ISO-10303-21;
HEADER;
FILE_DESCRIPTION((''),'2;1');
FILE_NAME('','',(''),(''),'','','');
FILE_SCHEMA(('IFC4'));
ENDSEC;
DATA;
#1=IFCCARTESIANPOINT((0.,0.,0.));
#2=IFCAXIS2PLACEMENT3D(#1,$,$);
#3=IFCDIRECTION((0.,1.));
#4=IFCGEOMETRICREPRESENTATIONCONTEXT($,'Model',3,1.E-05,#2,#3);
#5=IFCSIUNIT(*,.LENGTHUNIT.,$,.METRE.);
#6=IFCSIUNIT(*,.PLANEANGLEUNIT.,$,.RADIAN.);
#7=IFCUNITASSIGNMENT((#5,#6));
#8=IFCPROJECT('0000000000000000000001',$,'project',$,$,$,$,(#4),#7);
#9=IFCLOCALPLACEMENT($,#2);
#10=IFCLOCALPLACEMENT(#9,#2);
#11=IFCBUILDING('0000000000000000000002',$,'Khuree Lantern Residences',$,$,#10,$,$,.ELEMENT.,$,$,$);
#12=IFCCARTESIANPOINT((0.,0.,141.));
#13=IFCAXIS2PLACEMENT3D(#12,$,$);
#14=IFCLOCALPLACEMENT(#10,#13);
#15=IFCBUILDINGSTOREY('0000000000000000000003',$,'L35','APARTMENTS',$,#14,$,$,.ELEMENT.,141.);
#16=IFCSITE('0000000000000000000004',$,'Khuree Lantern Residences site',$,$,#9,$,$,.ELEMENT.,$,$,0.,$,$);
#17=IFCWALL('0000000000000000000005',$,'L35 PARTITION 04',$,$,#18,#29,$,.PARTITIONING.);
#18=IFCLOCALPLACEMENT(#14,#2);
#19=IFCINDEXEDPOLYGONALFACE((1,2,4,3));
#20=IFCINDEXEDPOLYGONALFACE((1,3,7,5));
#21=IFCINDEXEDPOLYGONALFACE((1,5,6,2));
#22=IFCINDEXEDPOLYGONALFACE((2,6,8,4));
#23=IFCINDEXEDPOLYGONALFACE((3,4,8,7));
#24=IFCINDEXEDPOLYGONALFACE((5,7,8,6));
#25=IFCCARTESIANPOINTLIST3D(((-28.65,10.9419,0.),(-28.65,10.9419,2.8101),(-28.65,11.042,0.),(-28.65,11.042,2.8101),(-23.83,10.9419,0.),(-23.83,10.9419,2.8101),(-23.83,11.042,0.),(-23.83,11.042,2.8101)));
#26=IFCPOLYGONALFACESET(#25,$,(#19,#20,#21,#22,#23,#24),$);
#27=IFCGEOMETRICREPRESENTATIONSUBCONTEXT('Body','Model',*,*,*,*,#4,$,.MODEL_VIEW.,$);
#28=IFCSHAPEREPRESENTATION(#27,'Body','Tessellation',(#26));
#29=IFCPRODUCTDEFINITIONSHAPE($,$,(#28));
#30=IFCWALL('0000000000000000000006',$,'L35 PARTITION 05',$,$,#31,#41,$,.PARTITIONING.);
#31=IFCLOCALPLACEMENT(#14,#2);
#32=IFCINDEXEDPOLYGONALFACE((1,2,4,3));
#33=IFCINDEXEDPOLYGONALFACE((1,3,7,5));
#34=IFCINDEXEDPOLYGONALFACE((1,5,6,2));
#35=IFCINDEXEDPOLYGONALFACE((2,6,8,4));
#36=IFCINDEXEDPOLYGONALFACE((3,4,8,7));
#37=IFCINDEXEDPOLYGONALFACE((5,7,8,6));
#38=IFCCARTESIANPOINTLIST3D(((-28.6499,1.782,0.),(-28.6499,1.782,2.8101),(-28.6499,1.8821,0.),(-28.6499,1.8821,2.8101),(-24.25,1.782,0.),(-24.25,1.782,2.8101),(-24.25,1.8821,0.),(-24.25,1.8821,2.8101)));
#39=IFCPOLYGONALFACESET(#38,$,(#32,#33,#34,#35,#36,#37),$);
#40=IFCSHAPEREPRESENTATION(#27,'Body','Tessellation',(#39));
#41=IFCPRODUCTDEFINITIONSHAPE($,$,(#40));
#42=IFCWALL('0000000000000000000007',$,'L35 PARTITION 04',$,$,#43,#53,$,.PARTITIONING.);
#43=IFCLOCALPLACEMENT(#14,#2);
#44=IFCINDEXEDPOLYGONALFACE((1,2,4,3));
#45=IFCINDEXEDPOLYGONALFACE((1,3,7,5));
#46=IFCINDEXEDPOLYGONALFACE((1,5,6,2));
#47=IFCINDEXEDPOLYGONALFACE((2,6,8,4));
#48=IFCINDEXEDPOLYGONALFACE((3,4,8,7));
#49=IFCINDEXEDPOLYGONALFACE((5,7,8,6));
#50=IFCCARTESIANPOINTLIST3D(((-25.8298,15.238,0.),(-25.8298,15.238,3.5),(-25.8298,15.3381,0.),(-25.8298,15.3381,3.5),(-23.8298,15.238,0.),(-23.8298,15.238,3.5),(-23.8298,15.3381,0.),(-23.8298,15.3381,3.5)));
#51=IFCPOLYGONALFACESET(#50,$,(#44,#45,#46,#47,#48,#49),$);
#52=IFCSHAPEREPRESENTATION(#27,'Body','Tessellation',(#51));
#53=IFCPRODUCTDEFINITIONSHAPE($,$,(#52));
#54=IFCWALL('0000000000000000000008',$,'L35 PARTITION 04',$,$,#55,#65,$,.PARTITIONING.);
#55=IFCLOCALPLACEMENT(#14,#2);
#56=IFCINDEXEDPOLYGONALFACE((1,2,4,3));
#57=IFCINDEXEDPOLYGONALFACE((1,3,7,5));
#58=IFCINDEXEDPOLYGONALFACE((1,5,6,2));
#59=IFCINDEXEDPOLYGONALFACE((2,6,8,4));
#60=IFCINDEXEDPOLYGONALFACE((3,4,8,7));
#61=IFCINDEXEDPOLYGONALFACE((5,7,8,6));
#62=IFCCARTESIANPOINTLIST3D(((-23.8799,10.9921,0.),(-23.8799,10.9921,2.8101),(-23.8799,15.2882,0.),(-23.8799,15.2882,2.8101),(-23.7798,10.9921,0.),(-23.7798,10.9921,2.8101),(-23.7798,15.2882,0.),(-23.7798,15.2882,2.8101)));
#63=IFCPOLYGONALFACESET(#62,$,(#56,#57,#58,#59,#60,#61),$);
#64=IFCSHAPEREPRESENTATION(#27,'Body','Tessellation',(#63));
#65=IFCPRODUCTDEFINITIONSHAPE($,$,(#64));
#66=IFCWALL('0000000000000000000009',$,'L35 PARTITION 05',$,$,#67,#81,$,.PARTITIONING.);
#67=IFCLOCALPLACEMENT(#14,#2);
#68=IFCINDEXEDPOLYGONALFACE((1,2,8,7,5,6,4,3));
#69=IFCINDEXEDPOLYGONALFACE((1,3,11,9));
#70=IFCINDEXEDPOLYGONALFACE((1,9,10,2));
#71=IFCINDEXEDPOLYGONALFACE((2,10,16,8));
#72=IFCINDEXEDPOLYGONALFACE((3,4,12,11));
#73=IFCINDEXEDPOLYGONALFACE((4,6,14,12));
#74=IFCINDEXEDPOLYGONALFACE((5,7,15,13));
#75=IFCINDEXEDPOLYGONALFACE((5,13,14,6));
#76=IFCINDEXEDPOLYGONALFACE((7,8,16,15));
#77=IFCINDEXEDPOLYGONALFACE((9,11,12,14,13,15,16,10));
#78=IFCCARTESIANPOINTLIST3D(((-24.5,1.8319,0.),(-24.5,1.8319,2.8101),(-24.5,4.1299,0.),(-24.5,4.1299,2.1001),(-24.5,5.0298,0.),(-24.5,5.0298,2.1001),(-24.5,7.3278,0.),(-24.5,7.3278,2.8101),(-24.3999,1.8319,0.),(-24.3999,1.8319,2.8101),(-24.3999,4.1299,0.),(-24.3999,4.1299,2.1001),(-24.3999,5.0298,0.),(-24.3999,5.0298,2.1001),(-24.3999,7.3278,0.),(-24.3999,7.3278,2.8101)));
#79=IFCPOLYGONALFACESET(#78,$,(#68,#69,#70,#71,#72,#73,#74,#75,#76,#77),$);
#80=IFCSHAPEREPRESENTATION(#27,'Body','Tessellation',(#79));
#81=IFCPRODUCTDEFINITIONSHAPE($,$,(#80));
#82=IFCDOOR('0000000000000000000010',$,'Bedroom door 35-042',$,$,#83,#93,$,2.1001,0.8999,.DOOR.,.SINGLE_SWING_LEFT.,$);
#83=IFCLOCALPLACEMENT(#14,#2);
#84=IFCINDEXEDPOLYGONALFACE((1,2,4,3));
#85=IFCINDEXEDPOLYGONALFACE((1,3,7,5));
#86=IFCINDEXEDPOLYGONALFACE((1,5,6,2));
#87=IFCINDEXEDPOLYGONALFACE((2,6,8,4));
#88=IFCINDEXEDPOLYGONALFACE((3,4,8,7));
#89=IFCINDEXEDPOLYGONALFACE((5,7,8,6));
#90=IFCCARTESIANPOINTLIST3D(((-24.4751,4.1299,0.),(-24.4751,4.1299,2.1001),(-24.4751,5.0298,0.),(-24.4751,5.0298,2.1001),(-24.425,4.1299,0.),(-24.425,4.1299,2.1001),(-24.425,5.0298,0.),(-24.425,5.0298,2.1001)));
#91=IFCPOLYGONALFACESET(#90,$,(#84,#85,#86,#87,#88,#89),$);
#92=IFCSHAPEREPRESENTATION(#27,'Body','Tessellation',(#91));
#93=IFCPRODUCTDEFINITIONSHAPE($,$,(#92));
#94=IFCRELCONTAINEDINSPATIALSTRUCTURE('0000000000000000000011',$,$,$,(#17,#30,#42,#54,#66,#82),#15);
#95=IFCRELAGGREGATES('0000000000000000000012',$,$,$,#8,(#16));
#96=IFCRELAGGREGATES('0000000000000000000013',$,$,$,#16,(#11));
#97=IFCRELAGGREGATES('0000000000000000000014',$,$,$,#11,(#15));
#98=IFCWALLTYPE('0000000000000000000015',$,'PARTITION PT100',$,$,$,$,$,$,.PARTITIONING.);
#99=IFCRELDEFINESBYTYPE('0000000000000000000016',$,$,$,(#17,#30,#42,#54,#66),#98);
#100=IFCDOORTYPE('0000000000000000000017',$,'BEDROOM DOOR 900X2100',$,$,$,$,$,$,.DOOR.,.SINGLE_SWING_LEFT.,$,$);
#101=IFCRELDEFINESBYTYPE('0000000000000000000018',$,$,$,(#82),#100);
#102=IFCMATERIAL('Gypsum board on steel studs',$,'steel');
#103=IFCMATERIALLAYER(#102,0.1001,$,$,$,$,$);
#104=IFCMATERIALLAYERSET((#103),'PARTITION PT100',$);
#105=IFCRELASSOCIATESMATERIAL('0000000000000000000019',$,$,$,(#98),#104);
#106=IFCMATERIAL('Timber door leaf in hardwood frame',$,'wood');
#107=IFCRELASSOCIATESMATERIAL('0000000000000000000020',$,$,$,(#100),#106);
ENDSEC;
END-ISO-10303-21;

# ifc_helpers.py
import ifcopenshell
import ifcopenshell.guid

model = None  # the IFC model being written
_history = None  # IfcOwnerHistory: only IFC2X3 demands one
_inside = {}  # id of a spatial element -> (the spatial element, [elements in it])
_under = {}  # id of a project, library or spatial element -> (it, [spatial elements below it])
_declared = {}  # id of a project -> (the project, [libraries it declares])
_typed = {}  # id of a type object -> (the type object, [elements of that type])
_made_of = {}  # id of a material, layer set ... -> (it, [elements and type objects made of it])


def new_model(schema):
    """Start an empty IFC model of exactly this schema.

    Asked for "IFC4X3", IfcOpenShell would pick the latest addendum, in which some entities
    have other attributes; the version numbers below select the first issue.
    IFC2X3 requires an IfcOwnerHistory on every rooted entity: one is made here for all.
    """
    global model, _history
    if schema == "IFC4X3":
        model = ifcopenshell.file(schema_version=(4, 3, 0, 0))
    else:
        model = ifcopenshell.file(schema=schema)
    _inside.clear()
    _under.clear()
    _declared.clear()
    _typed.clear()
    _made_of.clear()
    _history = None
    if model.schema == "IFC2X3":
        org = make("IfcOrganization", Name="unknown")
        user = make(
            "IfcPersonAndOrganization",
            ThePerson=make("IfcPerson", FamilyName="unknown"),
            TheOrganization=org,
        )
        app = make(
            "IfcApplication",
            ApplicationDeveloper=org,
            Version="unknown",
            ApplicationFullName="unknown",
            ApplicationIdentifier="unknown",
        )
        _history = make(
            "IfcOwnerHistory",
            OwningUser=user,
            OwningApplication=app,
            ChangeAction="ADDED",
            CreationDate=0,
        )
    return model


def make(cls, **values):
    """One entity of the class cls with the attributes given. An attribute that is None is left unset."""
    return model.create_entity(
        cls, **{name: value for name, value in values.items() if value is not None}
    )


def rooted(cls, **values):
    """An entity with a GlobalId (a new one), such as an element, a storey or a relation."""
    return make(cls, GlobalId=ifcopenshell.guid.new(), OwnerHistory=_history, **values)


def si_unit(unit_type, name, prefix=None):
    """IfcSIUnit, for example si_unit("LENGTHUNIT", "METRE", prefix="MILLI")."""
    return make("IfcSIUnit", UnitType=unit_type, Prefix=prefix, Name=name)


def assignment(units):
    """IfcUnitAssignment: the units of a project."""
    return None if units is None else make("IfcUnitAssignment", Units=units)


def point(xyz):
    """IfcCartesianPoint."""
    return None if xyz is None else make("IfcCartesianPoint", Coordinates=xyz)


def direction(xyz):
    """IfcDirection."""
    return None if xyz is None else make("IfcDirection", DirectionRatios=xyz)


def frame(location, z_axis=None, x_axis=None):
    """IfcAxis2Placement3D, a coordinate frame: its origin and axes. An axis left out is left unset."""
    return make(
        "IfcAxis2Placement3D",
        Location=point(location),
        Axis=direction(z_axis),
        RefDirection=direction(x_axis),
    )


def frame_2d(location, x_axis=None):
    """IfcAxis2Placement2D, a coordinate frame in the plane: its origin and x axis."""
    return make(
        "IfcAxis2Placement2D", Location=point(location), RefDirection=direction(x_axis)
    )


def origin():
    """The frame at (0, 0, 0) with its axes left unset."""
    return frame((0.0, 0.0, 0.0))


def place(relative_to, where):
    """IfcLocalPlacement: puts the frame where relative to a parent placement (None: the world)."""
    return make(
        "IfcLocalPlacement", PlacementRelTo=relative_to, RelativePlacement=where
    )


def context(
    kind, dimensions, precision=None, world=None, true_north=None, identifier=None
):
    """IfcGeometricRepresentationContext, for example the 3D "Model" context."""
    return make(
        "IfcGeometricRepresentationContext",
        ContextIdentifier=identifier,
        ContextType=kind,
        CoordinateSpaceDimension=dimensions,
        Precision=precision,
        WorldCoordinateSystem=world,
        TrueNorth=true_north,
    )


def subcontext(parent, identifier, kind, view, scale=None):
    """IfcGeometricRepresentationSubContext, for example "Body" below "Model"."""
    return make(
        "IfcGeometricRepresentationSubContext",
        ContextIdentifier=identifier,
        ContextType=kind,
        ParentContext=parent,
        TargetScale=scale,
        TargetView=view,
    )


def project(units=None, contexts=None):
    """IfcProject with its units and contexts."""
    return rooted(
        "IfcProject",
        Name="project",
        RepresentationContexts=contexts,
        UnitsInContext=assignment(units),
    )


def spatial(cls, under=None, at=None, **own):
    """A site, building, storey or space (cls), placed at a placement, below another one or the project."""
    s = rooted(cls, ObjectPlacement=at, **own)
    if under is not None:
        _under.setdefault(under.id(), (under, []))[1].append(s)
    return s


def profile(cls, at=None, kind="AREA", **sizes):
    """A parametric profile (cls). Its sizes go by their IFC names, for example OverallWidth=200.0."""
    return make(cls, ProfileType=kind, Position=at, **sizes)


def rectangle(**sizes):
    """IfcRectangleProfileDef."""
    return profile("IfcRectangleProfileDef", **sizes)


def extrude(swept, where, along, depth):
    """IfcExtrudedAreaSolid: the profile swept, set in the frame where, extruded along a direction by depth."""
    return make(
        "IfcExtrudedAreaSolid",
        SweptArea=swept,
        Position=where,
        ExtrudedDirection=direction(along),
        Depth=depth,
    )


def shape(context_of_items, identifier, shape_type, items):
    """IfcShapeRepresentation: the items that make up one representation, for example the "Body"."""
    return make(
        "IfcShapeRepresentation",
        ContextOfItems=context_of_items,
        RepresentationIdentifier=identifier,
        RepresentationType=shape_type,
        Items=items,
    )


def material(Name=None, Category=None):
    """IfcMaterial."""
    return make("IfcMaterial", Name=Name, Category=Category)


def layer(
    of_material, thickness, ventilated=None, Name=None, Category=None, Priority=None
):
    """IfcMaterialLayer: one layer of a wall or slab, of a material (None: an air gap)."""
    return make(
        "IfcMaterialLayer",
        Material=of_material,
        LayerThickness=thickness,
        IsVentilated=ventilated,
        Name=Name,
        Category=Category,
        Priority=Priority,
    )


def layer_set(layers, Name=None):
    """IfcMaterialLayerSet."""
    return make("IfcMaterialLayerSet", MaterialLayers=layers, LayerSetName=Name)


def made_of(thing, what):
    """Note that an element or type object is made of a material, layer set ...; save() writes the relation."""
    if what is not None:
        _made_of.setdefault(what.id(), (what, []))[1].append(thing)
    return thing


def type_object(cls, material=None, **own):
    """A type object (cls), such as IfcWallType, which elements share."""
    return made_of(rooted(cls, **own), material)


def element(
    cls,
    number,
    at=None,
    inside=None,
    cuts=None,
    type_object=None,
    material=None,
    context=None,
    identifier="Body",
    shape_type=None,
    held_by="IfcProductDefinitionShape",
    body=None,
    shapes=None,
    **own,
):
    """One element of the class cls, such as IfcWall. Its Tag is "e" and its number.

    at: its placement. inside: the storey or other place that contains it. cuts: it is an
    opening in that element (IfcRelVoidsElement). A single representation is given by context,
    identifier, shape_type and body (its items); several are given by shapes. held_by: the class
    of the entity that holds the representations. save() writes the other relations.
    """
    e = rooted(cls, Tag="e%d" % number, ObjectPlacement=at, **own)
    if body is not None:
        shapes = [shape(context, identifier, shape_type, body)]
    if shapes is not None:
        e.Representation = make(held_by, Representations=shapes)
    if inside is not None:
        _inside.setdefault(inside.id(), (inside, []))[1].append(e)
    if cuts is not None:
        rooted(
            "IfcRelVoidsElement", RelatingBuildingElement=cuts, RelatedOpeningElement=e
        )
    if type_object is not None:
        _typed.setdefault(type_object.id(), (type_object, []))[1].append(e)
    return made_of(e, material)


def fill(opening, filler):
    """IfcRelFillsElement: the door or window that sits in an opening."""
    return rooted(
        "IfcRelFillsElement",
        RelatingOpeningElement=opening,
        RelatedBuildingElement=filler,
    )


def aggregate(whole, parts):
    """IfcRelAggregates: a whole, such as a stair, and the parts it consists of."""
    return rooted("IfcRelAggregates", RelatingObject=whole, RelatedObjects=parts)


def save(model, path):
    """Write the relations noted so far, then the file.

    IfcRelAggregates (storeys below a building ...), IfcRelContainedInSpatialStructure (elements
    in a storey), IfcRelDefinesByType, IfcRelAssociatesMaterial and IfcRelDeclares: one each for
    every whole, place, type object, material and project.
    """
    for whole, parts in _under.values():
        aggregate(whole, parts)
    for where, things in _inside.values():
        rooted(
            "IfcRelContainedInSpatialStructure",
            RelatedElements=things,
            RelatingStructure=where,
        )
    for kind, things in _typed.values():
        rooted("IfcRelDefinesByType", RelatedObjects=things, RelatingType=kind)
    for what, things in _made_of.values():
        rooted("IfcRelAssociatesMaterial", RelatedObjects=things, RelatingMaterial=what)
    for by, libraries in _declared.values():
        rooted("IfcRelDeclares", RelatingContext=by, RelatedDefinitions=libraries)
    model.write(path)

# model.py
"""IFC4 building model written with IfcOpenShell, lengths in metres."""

from ifc_helpers import new_model, si_unit, direction, frame, frame_2d, origin, place, context, subcontext, project, spatial, rectangle, extrude, material, layer, layer_set, type_object, element, fill, save


model = new_model("IFC4")

# Units and contexts
model_context = context("Model", 3, precision=1e-05, world=origin(), true_north=direction((0.0, 1.0)))
body_context = subcontext(model_context, "Body", "Model", "MODEL_VIEW")
ifc_project = project(units=[si_unit("LENGTHUNIT", "METRE"), si_unit("PLANEANGLEUNIT", "RADIAN")], contexts=[model_context])

# Site, building, storey
site_placement = place(None, origin())
site = spatial("IfcSite", under=ifc_project, at=site_placement, Name="Khuree Lantern Residences site", CompositionType="ELEMENT", RefElevation=0.0)
building_placement = place(site_placement, origin())
building = spatial("IfcBuilding", under=site, at=building_placement, Name="Khuree Lantern Residences", CompositionType="ELEMENT")
storey_placement = place(building_placement, frame((0.0, 0.0, 141.0)))
storey = spatial("IfcBuildingStorey", under=building, at=storey_placement, Name="L35", Description="APARTMENTS", CompositionType="ELEMENT", Elevation=141.0)

# Shared definitions
ifc_material_1 = material(Name="Timber door leaf in hardwood frame", Category="wood")

# Shared definitions
ifc_material_2 = material(Name="Gypsum board on steel studs", Category="steel")

# Walls
ifc_layer_1 = layer(ifc_material_2, 0.1001)
ifc_layer_set_1 = layer_set([ifc_layer_1], Name="PARTITION PT100")
wall_type_1 = type_object("IfcWallType", Name="PARTITION PT100", PredefinedType="PARTITIONING", material=ifc_layer_set_1)
wall_1_placement = place(storey_placement, frame((-23.8298, 10.9919, 0.0), z_axis=(0.0, 0.0, 1.0), x_axis=(-1.0, 0.0, 0.0)))
element("IfcWall", 1, at=wall_1_placement, inside=storey, type_object=wall_type_1, Name="L35 PARTITION 04", PredefinedType="PARTITIONING", context=body_context, shape_type="SweptSolid", body=[
    extrude(rectangle(XDim=4.8201, YDim=0.1001, at=frame_2d((2.4102, 0.0))), origin(), (0.0, 0.0, 1.0), 2.8101),
])
wall_2_placement = place(storey_placement, frame((-24.25, 1.832, 0.0), z_axis=(0.0, 0.0, 1.0), x_axis=(-1.0, 0.0, 0.0)))
element("IfcWall", 2, at=wall_2_placement, inside=storey, type_object=wall_type_1, Name="L35 PARTITION 05", PredefinedType="PARTITIONING", context=body_context, shape_type="SweptSolid", body=[
    extrude(rectangle(XDim=4.3999, YDim=0.1001, at=frame_2d((2.2, 0.0))), origin(), (0.0, 0.0, 1.0), 2.8101),
])
wall_3_placement = place(storey_placement, frame((-23.8298, 15.2881, 0.0), z_axis=(0.0, 0.0, 1.0), x_axis=(-1.0, 0.0, 0.0)))
element("IfcWall", 3, at=wall_3_placement, inside=storey, type_object=wall_type_1, Name="L35 PARTITION 04", PredefinedType="PARTITIONING", context=body_context, shape_type="SweptSolid", body=[
    extrude(rectangle(XDim=2.0, YDim=0.1001, at=frame_2d((1.0, 0.0))), origin(), (0.0, 0.0, 1.0), 3.5),
])
wall_4_placement = place(storey_placement, frame((-23.8298, 15.2881, 0.0), z_axis=(0.0, 0.0, 1.0), x_axis=(0.0, -1.0, 0.0)))
element("IfcWall", 4, at=wall_4_placement, inside=storey, type_object=wall_type_1, Name="L35 PARTITION 04", PredefinedType="PARTITIONING", context=body_context, shape_type="SweptSolid", body=[
    extrude(rectangle(XDim=4.2961, YDim=0.1001, at=frame_2d((2.1479, 0.0))), origin(), (0.0, 0.0, 1.0), 2.8101),
])

# Wall, opening, door
wall_5_placement = place(storey_placement, frame((-24.45, 7.3279, 0.0), z_axis=(0.0, 0.0, 1.0), x_axis=(0.0, -1.0, 0.0)))
wall_5 = element("IfcWall", 5, at=wall_5_placement, inside=storey, type_object=wall_type_1, Name="L35 PARTITION 05", PredefinedType="PARTITIONING", context=body_context, shape_type="SweptSolid", body=[
    extrude(rectangle(XDim=5.4958, YDim=0.1001, at=frame_2d((2.748, 0.0))), origin(), (0.0, 0.0, 1.0), 2.8101),
])
opening_1_placement = place(wall_5_placement, frame((2.2981, 0.0, 0.0)))
opening_1 = element("IfcOpeningElement", 6, at=opening_1_placement, cuts=wall_5, PredefinedType="OPENING", context=body_context, shape_type="SweptSolid", body=[
    extrude(rectangle(XDim=0.8999, YDim=2.1001, at=frame_2d((0.45, 1.05))), frame((0.0, 0.0601, 0.0), z_axis=(0.0, -1.0, 0.0), x_axis=(1.0, 0.0, 0.0)), (0.0, 0.0, 1.0), 0.1201),
])
door_type_1 = type_object("IfcDoorType", Name="BEDROOM DOOR 900X2100", OperationType="SINGLE_SWING_LEFT", PredefinedType="DOOR", material=ifc_material_1)
door_1_placement = place(opening_1_placement, origin())
door_1 = element("IfcDoor", 7, at=door_1_placement, inside=storey, type_object=door_type_1, Name="Bedroom door 35-042", OperationType="SINGLE_SWING_LEFT", OverallHeight=2.1001, OverallWidth=0.8999, PredefinedType="DOOR", context=body_context, shape_type="SweptSolid", body=[
    extrude(rectangle(XDim=0.8999, YDim=2.1001, at=frame_2d((0.45, 1.05))), frame((0.0, 0.0249, 0.0), z_axis=(0.0, -1.0, 0.0), x_axis=(1.0, 0.0, 0.0)), (0.0, 0.0, 1.0), 0.05),
])
fill(opening_1, door_1)

save(model, "model.ifc")
